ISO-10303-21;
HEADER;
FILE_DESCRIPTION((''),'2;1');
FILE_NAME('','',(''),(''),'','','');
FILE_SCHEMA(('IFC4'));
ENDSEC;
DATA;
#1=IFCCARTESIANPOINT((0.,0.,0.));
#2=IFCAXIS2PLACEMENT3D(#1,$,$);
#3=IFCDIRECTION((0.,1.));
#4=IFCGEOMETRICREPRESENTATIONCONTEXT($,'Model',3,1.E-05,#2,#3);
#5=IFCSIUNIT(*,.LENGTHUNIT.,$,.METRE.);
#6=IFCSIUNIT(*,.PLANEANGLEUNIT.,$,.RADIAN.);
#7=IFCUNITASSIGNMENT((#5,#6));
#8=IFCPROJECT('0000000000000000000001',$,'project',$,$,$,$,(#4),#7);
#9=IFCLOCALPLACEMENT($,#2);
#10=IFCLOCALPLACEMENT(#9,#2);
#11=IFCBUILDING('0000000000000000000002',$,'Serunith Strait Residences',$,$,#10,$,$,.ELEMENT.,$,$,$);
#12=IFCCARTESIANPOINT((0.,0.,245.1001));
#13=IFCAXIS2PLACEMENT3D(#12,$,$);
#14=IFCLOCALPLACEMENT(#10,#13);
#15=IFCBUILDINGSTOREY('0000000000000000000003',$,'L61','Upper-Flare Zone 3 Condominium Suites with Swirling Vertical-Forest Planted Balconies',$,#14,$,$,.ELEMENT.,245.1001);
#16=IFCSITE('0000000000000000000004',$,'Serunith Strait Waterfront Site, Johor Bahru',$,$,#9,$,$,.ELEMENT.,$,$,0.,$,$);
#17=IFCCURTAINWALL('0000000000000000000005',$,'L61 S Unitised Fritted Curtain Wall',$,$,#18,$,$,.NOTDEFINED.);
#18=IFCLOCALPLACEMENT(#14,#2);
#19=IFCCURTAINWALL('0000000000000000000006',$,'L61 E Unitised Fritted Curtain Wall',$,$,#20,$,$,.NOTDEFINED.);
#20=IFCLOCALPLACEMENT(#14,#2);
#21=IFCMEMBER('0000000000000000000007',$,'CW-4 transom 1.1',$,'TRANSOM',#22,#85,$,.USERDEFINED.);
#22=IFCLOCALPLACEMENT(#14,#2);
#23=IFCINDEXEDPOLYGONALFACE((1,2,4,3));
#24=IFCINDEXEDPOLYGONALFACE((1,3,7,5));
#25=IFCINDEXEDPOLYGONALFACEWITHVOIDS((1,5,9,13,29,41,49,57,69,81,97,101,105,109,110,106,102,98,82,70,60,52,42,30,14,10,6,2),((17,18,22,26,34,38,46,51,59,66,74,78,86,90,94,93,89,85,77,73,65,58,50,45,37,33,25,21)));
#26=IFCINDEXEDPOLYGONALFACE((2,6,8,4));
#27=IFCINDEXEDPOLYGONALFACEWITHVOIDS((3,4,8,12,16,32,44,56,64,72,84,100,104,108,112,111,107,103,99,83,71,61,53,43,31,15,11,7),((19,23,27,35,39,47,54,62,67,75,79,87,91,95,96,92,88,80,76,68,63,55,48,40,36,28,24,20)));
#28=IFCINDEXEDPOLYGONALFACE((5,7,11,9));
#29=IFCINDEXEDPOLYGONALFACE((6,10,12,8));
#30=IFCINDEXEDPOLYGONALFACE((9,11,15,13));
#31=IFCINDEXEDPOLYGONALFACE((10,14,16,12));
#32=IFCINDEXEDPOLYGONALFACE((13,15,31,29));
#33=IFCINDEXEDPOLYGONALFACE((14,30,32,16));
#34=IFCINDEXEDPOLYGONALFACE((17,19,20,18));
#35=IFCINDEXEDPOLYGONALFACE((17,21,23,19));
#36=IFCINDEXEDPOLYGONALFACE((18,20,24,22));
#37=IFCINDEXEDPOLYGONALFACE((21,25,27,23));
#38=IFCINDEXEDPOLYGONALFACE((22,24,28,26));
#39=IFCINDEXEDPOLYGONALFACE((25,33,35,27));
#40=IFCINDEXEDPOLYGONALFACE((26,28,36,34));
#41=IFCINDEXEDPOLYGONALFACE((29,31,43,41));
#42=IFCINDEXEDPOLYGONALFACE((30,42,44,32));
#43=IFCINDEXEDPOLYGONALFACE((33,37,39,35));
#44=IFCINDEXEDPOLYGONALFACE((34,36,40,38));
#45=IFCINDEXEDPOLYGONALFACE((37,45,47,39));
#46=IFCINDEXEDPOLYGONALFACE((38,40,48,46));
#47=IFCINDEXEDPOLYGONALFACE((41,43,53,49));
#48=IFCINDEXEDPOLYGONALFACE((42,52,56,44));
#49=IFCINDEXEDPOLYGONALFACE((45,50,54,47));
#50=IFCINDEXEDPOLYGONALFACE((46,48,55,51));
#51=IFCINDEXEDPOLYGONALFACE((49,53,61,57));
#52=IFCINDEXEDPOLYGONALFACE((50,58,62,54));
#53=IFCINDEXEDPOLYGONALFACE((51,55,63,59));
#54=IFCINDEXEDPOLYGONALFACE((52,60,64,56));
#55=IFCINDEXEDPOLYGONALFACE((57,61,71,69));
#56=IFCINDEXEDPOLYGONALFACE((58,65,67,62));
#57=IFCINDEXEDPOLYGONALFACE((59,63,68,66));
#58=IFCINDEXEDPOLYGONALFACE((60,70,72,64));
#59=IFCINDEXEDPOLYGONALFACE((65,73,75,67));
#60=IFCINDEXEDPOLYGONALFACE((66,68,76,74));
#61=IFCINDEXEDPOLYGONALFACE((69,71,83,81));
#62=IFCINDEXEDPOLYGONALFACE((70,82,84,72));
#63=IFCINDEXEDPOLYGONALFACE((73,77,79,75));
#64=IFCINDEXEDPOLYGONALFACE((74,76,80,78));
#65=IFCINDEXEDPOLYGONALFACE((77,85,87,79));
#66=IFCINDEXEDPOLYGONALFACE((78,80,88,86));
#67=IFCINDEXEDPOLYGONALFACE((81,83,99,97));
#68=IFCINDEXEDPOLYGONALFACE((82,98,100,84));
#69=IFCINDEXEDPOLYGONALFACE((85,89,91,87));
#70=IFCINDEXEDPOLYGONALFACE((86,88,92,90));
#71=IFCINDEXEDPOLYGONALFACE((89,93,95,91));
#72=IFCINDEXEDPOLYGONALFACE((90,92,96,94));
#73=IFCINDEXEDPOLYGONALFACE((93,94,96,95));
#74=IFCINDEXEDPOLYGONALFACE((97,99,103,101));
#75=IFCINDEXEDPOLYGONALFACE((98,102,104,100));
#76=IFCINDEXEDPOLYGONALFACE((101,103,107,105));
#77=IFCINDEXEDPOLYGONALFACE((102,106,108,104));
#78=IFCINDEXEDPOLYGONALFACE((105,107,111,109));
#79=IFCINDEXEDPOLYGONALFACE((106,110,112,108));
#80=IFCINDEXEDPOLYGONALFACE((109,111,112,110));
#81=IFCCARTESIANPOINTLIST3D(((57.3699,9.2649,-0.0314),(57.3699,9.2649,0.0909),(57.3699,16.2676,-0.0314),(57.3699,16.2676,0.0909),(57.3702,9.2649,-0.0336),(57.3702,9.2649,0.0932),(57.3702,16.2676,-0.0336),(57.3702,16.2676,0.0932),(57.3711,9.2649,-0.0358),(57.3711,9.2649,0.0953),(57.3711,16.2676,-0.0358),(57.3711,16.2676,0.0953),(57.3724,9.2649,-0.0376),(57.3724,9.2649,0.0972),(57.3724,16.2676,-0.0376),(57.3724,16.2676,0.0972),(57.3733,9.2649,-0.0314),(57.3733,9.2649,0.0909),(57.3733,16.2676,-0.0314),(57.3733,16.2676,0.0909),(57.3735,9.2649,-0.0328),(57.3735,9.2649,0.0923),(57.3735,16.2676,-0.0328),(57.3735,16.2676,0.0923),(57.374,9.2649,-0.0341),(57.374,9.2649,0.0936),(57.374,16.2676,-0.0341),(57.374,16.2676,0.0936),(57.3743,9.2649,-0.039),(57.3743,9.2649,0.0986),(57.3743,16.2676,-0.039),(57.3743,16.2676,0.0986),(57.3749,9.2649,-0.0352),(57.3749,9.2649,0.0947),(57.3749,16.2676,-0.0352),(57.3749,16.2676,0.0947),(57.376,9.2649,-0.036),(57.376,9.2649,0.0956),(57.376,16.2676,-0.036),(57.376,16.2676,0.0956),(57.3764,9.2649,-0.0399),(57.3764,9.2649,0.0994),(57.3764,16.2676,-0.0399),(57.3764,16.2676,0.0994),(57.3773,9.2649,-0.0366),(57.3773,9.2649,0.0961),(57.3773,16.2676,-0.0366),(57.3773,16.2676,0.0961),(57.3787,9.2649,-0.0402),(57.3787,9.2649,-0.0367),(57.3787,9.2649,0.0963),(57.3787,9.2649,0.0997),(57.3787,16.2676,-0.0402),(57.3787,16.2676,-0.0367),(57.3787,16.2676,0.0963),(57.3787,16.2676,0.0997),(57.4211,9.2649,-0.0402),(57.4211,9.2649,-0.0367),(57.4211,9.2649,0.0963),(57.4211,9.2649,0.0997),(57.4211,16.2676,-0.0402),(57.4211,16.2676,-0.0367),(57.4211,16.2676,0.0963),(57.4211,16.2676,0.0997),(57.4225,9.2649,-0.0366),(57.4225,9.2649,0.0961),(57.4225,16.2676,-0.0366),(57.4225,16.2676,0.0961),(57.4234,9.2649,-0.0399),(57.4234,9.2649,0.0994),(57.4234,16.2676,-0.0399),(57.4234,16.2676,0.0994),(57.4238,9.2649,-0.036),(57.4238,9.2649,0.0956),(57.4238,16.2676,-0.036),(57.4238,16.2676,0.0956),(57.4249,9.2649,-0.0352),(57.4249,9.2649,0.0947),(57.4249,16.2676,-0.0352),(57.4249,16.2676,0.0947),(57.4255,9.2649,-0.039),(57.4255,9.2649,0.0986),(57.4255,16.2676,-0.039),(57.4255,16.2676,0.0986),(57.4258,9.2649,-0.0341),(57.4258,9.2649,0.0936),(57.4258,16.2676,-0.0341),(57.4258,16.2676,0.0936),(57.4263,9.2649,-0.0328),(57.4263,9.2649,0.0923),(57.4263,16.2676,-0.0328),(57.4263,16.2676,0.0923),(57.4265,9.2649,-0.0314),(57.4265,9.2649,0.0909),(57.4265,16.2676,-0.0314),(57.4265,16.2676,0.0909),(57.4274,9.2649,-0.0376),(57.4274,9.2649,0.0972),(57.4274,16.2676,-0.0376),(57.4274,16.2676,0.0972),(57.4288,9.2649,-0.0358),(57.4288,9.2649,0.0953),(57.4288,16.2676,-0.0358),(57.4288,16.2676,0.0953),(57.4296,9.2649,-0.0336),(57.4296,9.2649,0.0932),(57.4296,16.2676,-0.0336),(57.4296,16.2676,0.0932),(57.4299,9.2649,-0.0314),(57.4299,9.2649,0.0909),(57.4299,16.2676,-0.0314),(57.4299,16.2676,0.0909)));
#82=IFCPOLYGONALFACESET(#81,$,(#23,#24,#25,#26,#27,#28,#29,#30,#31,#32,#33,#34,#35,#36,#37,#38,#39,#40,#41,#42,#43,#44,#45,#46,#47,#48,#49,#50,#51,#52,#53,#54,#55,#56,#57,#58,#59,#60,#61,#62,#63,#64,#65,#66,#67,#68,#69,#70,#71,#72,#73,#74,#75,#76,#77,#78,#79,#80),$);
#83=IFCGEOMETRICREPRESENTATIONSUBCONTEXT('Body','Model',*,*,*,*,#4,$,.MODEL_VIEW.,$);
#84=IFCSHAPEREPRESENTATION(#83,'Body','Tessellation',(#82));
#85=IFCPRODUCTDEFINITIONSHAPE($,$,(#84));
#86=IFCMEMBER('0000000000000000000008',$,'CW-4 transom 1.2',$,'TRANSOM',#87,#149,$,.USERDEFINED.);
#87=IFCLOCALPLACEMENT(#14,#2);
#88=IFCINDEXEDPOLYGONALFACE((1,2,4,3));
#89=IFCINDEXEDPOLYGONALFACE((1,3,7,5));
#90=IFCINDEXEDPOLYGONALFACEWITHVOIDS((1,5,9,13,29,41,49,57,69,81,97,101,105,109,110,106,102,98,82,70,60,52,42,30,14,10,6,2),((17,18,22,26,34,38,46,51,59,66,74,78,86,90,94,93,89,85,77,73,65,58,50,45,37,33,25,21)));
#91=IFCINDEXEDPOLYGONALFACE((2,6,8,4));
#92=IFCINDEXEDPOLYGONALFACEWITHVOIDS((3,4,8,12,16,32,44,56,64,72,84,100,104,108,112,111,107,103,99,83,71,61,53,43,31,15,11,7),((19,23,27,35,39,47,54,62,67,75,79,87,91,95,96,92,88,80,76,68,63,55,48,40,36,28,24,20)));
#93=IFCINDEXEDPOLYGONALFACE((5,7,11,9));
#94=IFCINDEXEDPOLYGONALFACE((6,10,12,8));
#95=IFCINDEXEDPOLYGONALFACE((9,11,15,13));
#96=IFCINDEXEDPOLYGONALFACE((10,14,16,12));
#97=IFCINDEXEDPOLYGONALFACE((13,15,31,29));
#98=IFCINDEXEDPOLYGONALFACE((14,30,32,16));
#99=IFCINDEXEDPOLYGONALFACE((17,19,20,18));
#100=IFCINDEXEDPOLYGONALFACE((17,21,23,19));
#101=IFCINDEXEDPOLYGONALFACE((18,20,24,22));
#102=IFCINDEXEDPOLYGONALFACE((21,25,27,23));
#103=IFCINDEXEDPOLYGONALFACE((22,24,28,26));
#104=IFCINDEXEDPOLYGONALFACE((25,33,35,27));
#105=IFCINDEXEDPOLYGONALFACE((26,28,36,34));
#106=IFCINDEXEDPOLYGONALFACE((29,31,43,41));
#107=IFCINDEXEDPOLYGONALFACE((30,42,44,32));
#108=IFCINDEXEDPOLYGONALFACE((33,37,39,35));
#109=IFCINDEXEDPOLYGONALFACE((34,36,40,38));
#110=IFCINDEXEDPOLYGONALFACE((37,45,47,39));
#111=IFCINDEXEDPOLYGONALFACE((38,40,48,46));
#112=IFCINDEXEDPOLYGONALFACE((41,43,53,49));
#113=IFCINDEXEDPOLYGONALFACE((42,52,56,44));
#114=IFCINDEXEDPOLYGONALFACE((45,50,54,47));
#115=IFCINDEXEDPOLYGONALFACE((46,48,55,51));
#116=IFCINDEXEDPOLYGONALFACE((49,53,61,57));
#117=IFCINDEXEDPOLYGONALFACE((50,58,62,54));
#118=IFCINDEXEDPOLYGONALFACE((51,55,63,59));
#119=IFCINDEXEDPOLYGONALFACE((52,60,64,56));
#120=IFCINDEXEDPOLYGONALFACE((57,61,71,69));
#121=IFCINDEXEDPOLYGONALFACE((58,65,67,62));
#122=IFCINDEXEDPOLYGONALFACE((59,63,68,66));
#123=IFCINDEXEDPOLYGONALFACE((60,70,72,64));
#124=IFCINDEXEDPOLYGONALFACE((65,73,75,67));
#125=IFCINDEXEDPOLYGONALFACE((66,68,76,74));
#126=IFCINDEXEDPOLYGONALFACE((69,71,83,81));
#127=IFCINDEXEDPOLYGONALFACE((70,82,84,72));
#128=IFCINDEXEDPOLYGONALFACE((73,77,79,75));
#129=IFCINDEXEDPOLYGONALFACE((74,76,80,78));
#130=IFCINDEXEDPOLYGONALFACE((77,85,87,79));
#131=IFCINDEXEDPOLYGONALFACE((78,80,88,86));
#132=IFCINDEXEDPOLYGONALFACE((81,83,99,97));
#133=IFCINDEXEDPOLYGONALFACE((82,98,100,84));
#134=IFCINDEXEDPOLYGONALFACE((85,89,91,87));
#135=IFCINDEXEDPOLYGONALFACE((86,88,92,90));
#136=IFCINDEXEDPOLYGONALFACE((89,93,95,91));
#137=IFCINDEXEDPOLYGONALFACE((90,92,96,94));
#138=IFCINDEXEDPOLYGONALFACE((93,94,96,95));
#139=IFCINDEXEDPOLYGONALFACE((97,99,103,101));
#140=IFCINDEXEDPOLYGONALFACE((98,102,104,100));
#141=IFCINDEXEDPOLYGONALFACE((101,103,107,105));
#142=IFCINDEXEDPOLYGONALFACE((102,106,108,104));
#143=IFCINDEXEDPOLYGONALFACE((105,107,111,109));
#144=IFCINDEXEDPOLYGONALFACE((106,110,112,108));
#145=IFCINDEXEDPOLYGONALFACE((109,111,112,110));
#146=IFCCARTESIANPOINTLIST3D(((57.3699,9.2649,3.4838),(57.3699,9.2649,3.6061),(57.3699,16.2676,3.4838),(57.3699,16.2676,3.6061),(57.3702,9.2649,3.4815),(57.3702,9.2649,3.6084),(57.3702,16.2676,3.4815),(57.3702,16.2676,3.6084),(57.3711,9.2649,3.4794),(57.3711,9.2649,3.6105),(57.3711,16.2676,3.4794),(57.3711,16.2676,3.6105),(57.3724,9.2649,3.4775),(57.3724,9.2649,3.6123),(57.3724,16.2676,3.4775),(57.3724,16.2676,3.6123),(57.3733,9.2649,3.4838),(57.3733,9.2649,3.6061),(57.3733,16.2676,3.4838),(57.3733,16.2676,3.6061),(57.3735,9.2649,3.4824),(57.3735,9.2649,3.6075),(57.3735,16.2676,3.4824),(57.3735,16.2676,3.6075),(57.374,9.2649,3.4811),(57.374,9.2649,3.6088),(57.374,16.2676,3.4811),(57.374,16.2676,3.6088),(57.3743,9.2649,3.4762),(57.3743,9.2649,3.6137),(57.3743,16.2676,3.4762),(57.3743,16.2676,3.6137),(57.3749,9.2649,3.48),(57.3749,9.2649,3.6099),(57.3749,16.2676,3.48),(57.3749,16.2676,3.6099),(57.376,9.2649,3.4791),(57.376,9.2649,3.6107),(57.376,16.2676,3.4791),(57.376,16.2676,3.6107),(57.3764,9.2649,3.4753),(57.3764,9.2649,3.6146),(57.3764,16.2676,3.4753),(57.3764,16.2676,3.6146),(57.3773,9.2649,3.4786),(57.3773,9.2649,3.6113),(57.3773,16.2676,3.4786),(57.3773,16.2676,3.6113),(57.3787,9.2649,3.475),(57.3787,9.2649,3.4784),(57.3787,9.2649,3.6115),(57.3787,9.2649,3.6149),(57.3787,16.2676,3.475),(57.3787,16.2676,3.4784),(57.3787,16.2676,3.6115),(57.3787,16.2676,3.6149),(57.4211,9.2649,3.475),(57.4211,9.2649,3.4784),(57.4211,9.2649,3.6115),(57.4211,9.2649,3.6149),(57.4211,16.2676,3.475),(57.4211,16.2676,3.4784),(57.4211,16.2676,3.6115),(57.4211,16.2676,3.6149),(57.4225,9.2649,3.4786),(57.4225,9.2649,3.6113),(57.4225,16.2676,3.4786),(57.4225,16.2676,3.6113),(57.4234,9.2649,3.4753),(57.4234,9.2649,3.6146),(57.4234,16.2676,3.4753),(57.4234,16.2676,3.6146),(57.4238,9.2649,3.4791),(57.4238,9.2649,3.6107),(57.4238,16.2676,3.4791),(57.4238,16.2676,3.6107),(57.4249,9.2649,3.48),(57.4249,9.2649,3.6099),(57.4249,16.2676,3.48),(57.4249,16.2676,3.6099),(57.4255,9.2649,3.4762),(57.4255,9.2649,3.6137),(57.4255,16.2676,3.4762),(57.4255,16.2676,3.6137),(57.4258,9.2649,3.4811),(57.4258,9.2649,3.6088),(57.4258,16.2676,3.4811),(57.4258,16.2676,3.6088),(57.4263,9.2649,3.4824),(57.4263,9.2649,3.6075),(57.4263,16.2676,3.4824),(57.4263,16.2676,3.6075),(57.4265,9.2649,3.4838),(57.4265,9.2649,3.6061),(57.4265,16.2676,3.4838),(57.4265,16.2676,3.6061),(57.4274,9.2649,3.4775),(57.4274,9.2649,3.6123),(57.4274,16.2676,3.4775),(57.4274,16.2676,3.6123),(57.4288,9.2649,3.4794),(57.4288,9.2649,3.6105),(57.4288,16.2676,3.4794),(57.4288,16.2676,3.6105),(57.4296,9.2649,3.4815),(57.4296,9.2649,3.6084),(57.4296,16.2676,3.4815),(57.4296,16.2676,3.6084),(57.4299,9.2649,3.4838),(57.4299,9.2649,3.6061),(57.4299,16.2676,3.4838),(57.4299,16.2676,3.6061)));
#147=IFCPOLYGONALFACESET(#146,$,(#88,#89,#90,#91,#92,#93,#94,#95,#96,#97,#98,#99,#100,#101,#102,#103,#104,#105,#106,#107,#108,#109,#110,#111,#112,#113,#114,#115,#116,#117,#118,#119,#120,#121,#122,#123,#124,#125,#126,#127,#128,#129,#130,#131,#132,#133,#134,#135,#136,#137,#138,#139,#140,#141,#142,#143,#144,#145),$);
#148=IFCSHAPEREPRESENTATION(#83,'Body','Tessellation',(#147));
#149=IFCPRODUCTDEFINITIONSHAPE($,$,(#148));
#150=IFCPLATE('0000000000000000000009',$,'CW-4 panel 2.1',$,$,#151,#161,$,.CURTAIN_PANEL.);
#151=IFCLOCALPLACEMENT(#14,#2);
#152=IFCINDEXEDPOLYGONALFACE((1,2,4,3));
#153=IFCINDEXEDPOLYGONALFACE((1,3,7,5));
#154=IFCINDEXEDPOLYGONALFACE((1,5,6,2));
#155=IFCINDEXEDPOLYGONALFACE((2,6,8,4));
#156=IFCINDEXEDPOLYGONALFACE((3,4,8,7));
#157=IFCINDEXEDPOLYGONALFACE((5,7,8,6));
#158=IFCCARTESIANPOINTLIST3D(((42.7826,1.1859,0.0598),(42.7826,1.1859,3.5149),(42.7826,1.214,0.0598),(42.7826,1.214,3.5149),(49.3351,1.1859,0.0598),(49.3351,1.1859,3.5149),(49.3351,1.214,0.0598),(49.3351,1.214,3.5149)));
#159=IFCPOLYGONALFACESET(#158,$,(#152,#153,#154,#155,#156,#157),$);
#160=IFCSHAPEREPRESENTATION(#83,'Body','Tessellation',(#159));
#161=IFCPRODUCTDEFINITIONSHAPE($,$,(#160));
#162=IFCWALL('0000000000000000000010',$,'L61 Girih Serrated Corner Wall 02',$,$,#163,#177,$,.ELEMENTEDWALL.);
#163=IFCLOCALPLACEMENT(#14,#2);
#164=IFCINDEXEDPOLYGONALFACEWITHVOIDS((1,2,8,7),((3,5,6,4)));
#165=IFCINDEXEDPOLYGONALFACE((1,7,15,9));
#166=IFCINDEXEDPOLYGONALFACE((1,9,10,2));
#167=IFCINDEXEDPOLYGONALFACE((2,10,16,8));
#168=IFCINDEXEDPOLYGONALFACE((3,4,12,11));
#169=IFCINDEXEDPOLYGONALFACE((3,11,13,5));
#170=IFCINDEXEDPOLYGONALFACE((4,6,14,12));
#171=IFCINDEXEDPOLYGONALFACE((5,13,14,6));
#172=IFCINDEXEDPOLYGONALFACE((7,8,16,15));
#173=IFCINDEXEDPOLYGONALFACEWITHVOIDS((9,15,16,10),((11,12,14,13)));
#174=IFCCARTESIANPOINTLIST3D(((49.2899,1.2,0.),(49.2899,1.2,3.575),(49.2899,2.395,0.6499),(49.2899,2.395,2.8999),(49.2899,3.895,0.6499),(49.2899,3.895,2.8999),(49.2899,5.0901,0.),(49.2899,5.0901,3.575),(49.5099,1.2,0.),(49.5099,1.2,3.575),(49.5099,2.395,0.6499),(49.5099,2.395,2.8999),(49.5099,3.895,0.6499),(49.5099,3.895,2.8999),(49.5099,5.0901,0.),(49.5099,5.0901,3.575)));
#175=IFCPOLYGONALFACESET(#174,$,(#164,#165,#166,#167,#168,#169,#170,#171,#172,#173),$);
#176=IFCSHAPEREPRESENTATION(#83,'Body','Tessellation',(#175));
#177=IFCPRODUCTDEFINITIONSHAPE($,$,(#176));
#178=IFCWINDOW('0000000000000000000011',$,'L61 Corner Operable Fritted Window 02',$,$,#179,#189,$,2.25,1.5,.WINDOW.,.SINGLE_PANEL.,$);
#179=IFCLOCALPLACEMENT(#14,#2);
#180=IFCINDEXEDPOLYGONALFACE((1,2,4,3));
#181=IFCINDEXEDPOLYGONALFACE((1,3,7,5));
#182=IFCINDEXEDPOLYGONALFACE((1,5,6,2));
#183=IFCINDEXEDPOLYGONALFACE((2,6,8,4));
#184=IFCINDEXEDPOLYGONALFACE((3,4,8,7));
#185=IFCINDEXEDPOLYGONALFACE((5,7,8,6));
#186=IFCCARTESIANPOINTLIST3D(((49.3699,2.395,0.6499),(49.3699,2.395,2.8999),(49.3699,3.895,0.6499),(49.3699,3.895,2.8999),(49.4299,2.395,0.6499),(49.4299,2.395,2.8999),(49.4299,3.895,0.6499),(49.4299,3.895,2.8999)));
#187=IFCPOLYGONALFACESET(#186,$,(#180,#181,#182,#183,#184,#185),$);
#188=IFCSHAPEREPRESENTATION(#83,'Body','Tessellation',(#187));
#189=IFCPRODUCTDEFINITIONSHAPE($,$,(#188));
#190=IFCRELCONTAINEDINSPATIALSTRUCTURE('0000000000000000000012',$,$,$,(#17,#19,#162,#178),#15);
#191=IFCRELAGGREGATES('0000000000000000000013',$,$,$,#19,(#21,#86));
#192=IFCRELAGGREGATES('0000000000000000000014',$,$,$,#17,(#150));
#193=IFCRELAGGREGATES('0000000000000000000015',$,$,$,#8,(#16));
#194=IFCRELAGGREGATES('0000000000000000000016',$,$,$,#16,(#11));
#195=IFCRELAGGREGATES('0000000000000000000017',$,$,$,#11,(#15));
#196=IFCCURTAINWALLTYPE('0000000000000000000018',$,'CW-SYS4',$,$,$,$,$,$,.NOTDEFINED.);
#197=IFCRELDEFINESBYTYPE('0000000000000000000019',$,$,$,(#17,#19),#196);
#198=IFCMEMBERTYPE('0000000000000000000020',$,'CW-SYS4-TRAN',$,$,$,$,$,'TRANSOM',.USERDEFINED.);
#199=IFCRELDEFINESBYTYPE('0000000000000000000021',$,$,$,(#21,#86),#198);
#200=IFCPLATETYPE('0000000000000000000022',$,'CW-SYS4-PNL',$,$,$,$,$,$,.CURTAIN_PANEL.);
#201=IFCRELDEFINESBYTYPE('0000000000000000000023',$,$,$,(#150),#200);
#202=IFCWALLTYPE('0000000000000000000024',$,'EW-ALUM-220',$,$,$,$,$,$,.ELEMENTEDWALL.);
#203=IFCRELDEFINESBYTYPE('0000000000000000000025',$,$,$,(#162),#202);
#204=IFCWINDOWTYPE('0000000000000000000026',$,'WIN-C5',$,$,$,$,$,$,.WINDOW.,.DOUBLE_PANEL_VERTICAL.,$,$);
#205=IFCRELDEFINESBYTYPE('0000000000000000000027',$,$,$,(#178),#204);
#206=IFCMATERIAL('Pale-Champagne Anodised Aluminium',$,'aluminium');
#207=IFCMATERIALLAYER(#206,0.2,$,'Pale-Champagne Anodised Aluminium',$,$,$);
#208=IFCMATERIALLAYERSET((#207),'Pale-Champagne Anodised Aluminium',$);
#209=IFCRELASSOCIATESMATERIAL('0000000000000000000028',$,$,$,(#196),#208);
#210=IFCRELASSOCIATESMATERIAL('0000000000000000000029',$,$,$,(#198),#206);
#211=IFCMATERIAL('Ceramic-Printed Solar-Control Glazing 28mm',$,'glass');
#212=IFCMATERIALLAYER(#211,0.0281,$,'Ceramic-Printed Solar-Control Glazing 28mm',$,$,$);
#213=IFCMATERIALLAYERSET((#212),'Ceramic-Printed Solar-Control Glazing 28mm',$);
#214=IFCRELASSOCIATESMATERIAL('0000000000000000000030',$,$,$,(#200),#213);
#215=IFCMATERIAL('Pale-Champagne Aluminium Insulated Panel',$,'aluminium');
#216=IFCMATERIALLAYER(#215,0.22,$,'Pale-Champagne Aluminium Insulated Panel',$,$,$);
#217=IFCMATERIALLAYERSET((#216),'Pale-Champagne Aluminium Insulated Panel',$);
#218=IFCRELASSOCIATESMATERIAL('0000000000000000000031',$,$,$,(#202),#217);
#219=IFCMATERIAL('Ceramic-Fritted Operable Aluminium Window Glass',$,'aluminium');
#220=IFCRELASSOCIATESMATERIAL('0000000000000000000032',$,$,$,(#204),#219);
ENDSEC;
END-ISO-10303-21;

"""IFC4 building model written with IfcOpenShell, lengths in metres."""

from ifc_helpers import new_model, si_unit, direction, frame, frame_2d, origin, origin_2d, place, context, subcontext, project, spatial, rectangle, hollow_rectangle, extrude, source, transform, mapped, material, layer, layer_set, material_profile, profile_set, type_object, element, fill, aggregate, save


model = new_model("IFC4")

# Units and contexts
model_context = context("Model", 3, precision=1e-05, world=origin(), true_north=direction((0.0, 1.0)))
body_context = subcontext(model_context, "Body", "Model", "MODEL_VIEW")
ifc_project = project(units=[si_unit("LENGTHUNIT", "METRE"), si_unit("PLANEANGLEUNIT", "RADIAN")], contexts=[model_context])

# Site, building, storey
site_placement = place(None, origin())
site = spatial("IfcSite", under=ifc_project, at=site_placement, Name="Serunith Strait Waterfront Site, Johor Bahru", CompositionType="ELEMENT", RefElevation=0.0)
building_placement = place(site_placement, origin())
building = spatial("IfcBuilding", under=site, at=building_placement, Name="Serunith Strait Residences", CompositionType="ELEMENT")
storey_placement = place(building_placement, frame((0.0, 0.0, 245.1001)))
storey = spatial("IfcBuildingStorey", under=building, at=storey_placement, Name="L61", Description="Upper-Flare Zone 3 Condominium Suites with Swirling Vertical-Forest Planted Balconies", CompositionType="ELEMENT", Elevation=245.1001)

# Curtain wall
ifc_material_1 = material(Name="Pale-Champagne Anodised Aluminium", Category="aluminium")
ifc_layer_1 = layer(ifc_material_1, 0.2, Name="Pale-Champagne Anodised Aluminium")
ifc_layer_set_1 = layer_set([ifc_layer_1], Name="Pale-Champagne Anodised Aluminium")
curtain_wall_type = type_object("IfcCurtainWallType", Name="CW-SYS4", PredefinedType="NOTDEFINED", material=ifc_layer_set_1)
curtain_wall_1_placement = place(storey_placement, origin())
curtain_wall_1 = element("IfcCurtainWall", 1, at=curtain_wall_1_placement, inside=storey, type_object=curtain_wall_type, Name="L61 S Unitised Fritted Curtain Wall", PredefinedType="NOTDEFINED")

# Curtain wall, members
curtain_wall_2_placement = place(storey_placement, origin())
curtain_wall_2 = element("IfcCurtainWall", 2, at=curtain_wall_2_placement, inside=storey, type_object=curtain_wall_type, Name="L61 E Unitised Fritted Curtain Wall", PredefinedType="NOTDEFINED")
ifc_material_profile_1 = material_profile(ifc_material_1, hollow_rectangle(XDim=0.0601, YDim=0.1399, WallThickness=0.0034, InnerFilletRadius=0.0054, OuterFilletRadius=0.0088, at=origin_2d()), Name="ALU 140x60x3.5")
ifc_profile_set_1 = profile_set([ifc_material_profile_1], Name="Pale-Champagne Anodised Aluminium")
member_type_1 = type_object("IfcMemberType", Name="CW-SYS4-TRAN", ElementType="TRANSOM", PredefinedType="USERDEFINED", material=ifc_profile_set_1)
shared_shape_1 = source(origin(), body_context, "Body", "SweptSolid", [
    extrude(hollow_rectangle(XDim=0.0601, YDim=0.1399, WallThickness=0.0034, InnerFilletRadius=0.0054, OuterFilletRadius=0.0088, at=origin_2d()), origin(), (0.0, 0.0, 1.0), 7.0027),
])
member_1_placement = place(storey_placement, frame((57.3999, 9.2649, 0.0298), z_axis=(0.0, 1.0, 0.0), x_axis=(-1.0, 0.0, 0.0)))
member_1 = element("IfcMember", 3, at=member_1_placement, type_object=member_type_1, Name="CW-4 transom 1.1", ObjectType="TRANSOM", PredefinedType="USERDEFINED", context=body_context, shape_type="MappedRepresentation", body=[
    mapped(shared_shape_1, transform((0.0, 0.0, 0.0), scale=1.0)),
])
member_2_placement = place(storey_placement, frame((57.3999, 9.2649, 3.5449), z_axis=(0.0, 1.0, 0.0), x_axis=(-1.0, 0.0, 0.0)))
member_2 = element("IfcMember", 4, at=member_2_placement, type_object=member_type_1, Name="CW-4 transom 1.2", ObjectType="TRANSOM", PredefinedType="USERDEFINED", context=body_context, shape_type="MappedRepresentation", body=[
    mapped(shared_shape_1, transform((0.0, 0.0, 0.0), scale=1.0)),
])
aggregate(curtain_wall_2, [member_1, member_2])

# Plate
ifc_material_2 = material(Name="Ceramic-Printed Solar-Control Glazing 28mm", Category="glass")
ifc_layer_2 = layer(ifc_material_2, 0.0281, Name="Ceramic-Printed Solar-Control Glazing 28mm")
ifc_layer_set_2 = layer_set([ifc_layer_2], Name="Ceramic-Printed Solar-Control Glazing 28mm")
plate_type = type_object("IfcPlateType", Name="CW-SYS4-PNL", PredefinedType="CURTAIN_PANEL", material=ifc_layer_set_2)
shared_shape_2 = source(origin(), body_context, "Body", "SweptSolid", [
    extrude(rectangle(XDim=6.5525, YDim=0.0281, at=origin_2d()), origin(), (0.0, 0.0, 1.0), 3.4551),
])
plate_placement = place(storey_placement, frame((46.0588, 1.2, 0.0598), z_axis=(0.0, 0.0, 1.0), x_axis=(1.0, 0.0, 0.0)))
plate = element("IfcPlate", 5, at=plate_placement, type_object=plate_type, Name="CW-4 panel 2.1", PredefinedType="CURTAIN_PANEL", context=body_context, shape_type="MappedRepresentation", body=[
    mapped(shared_shape_2, transform((0.0, 0.0, 0.0), scale=1.0)),
])
aggregate(curtain_wall_1, [plate])

# Wall, opening, window
ifc_material_3 = material(Name="Pale-Champagne Aluminium Insulated Panel", Category="aluminium")
ifc_layer_3 = layer(ifc_material_3, 0.22, Name="Pale-Champagne Aluminium Insulated Panel")
ifc_layer_set_3 = layer_set([ifc_layer_3], Name="Pale-Champagne Aluminium Insulated Panel")
wall_type_1 = type_object("IfcWallType", Name="EW-ALUM-220", PredefinedType="ELEMENTEDWALL", material=ifc_layer_set_3)
wall_1_placement = place(storey_placement, frame((49.3999, 1.2, 0.0), z_axis=(0.0, 0.0, 1.0), x_axis=(0.0, 1.0, 0.0)))
wall_1 = element("IfcWall", 6, at=wall_1_placement, inside=storey, type_object=wall_type_1, Name="L61 Girih Serrated Corner Wall 02", PredefinedType="ELEMENTEDWALL", context=body_context, shape_type="SweptSolid", body=[
    extrude(rectangle(XDim=3.8901, YDim=0.22, at=frame_2d((1.9451, 0.0))), origin(), (0.0, 0.0, 1.0), 3.575),
])
opening_1_placement = place(wall_1_placement, frame((1.1951, 0.0, 0.6499)))
opening_1 = element("IfcOpeningElement", 7, at=opening_1_placement, cuts=wall_1, PredefinedType="OPENING", context=body_context, shape_type="SweptSolid", body=[
    extrude(rectangle(XDim=1.5, YDim=2.25, at=frame_2d((0.75, 1.125))), frame((0.0, 0.1201, 0.0), z_axis=(0.0, -1.0, 0.0), x_axis=(1.0, 0.0, 0.0)), (0.0, 0.0, 1.0), 0.24),
])
ifc_material_4 = material(Name="Ceramic-Fritted Operable Aluminium Window Glass", Category="aluminium")
window_type = type_object("IfcWindowType", Name="WIN-C5", PartitioningType="DOUBLE_PANEL_VERTICAL", PredefinedType="WINDOW", material=ifc_material_4)
shared_shape_3 = source(origin(), body_context, "Body", "SweptSolid", [
    extrude(rectangle(XDim=1.5, YDim=2.25, at=frame_2d((0.75, 1.125))), frame((0.0, 0.03, 0.0), z_axis=(0.0, -1.0, 0.0), x_axis=(1.0, 0.0, 0.0)), (0.0, 0.0, 1.0), 0.0601),
])
window_1_placement = place(opening_1_placement, origin())
window_1 = element("IfcWindow", 8, at=window_1_placement, inside=storey, type_object=window_type, Name="L61 Corner Operable Fritted Window 02", OverallHeight=2.25, OverallWidth=1.5, PartitioningType="SINGLE_PANEL", PredefinedType="WINDOW", context=body_context, shape_type="MappedRepresentation", body=[
    mapped(shared_shape_3, transform((0.0, 0.0, 0.0), scale=1.0)),
])
fill(opening_1, window_1)

save(model, "model.ifc")
